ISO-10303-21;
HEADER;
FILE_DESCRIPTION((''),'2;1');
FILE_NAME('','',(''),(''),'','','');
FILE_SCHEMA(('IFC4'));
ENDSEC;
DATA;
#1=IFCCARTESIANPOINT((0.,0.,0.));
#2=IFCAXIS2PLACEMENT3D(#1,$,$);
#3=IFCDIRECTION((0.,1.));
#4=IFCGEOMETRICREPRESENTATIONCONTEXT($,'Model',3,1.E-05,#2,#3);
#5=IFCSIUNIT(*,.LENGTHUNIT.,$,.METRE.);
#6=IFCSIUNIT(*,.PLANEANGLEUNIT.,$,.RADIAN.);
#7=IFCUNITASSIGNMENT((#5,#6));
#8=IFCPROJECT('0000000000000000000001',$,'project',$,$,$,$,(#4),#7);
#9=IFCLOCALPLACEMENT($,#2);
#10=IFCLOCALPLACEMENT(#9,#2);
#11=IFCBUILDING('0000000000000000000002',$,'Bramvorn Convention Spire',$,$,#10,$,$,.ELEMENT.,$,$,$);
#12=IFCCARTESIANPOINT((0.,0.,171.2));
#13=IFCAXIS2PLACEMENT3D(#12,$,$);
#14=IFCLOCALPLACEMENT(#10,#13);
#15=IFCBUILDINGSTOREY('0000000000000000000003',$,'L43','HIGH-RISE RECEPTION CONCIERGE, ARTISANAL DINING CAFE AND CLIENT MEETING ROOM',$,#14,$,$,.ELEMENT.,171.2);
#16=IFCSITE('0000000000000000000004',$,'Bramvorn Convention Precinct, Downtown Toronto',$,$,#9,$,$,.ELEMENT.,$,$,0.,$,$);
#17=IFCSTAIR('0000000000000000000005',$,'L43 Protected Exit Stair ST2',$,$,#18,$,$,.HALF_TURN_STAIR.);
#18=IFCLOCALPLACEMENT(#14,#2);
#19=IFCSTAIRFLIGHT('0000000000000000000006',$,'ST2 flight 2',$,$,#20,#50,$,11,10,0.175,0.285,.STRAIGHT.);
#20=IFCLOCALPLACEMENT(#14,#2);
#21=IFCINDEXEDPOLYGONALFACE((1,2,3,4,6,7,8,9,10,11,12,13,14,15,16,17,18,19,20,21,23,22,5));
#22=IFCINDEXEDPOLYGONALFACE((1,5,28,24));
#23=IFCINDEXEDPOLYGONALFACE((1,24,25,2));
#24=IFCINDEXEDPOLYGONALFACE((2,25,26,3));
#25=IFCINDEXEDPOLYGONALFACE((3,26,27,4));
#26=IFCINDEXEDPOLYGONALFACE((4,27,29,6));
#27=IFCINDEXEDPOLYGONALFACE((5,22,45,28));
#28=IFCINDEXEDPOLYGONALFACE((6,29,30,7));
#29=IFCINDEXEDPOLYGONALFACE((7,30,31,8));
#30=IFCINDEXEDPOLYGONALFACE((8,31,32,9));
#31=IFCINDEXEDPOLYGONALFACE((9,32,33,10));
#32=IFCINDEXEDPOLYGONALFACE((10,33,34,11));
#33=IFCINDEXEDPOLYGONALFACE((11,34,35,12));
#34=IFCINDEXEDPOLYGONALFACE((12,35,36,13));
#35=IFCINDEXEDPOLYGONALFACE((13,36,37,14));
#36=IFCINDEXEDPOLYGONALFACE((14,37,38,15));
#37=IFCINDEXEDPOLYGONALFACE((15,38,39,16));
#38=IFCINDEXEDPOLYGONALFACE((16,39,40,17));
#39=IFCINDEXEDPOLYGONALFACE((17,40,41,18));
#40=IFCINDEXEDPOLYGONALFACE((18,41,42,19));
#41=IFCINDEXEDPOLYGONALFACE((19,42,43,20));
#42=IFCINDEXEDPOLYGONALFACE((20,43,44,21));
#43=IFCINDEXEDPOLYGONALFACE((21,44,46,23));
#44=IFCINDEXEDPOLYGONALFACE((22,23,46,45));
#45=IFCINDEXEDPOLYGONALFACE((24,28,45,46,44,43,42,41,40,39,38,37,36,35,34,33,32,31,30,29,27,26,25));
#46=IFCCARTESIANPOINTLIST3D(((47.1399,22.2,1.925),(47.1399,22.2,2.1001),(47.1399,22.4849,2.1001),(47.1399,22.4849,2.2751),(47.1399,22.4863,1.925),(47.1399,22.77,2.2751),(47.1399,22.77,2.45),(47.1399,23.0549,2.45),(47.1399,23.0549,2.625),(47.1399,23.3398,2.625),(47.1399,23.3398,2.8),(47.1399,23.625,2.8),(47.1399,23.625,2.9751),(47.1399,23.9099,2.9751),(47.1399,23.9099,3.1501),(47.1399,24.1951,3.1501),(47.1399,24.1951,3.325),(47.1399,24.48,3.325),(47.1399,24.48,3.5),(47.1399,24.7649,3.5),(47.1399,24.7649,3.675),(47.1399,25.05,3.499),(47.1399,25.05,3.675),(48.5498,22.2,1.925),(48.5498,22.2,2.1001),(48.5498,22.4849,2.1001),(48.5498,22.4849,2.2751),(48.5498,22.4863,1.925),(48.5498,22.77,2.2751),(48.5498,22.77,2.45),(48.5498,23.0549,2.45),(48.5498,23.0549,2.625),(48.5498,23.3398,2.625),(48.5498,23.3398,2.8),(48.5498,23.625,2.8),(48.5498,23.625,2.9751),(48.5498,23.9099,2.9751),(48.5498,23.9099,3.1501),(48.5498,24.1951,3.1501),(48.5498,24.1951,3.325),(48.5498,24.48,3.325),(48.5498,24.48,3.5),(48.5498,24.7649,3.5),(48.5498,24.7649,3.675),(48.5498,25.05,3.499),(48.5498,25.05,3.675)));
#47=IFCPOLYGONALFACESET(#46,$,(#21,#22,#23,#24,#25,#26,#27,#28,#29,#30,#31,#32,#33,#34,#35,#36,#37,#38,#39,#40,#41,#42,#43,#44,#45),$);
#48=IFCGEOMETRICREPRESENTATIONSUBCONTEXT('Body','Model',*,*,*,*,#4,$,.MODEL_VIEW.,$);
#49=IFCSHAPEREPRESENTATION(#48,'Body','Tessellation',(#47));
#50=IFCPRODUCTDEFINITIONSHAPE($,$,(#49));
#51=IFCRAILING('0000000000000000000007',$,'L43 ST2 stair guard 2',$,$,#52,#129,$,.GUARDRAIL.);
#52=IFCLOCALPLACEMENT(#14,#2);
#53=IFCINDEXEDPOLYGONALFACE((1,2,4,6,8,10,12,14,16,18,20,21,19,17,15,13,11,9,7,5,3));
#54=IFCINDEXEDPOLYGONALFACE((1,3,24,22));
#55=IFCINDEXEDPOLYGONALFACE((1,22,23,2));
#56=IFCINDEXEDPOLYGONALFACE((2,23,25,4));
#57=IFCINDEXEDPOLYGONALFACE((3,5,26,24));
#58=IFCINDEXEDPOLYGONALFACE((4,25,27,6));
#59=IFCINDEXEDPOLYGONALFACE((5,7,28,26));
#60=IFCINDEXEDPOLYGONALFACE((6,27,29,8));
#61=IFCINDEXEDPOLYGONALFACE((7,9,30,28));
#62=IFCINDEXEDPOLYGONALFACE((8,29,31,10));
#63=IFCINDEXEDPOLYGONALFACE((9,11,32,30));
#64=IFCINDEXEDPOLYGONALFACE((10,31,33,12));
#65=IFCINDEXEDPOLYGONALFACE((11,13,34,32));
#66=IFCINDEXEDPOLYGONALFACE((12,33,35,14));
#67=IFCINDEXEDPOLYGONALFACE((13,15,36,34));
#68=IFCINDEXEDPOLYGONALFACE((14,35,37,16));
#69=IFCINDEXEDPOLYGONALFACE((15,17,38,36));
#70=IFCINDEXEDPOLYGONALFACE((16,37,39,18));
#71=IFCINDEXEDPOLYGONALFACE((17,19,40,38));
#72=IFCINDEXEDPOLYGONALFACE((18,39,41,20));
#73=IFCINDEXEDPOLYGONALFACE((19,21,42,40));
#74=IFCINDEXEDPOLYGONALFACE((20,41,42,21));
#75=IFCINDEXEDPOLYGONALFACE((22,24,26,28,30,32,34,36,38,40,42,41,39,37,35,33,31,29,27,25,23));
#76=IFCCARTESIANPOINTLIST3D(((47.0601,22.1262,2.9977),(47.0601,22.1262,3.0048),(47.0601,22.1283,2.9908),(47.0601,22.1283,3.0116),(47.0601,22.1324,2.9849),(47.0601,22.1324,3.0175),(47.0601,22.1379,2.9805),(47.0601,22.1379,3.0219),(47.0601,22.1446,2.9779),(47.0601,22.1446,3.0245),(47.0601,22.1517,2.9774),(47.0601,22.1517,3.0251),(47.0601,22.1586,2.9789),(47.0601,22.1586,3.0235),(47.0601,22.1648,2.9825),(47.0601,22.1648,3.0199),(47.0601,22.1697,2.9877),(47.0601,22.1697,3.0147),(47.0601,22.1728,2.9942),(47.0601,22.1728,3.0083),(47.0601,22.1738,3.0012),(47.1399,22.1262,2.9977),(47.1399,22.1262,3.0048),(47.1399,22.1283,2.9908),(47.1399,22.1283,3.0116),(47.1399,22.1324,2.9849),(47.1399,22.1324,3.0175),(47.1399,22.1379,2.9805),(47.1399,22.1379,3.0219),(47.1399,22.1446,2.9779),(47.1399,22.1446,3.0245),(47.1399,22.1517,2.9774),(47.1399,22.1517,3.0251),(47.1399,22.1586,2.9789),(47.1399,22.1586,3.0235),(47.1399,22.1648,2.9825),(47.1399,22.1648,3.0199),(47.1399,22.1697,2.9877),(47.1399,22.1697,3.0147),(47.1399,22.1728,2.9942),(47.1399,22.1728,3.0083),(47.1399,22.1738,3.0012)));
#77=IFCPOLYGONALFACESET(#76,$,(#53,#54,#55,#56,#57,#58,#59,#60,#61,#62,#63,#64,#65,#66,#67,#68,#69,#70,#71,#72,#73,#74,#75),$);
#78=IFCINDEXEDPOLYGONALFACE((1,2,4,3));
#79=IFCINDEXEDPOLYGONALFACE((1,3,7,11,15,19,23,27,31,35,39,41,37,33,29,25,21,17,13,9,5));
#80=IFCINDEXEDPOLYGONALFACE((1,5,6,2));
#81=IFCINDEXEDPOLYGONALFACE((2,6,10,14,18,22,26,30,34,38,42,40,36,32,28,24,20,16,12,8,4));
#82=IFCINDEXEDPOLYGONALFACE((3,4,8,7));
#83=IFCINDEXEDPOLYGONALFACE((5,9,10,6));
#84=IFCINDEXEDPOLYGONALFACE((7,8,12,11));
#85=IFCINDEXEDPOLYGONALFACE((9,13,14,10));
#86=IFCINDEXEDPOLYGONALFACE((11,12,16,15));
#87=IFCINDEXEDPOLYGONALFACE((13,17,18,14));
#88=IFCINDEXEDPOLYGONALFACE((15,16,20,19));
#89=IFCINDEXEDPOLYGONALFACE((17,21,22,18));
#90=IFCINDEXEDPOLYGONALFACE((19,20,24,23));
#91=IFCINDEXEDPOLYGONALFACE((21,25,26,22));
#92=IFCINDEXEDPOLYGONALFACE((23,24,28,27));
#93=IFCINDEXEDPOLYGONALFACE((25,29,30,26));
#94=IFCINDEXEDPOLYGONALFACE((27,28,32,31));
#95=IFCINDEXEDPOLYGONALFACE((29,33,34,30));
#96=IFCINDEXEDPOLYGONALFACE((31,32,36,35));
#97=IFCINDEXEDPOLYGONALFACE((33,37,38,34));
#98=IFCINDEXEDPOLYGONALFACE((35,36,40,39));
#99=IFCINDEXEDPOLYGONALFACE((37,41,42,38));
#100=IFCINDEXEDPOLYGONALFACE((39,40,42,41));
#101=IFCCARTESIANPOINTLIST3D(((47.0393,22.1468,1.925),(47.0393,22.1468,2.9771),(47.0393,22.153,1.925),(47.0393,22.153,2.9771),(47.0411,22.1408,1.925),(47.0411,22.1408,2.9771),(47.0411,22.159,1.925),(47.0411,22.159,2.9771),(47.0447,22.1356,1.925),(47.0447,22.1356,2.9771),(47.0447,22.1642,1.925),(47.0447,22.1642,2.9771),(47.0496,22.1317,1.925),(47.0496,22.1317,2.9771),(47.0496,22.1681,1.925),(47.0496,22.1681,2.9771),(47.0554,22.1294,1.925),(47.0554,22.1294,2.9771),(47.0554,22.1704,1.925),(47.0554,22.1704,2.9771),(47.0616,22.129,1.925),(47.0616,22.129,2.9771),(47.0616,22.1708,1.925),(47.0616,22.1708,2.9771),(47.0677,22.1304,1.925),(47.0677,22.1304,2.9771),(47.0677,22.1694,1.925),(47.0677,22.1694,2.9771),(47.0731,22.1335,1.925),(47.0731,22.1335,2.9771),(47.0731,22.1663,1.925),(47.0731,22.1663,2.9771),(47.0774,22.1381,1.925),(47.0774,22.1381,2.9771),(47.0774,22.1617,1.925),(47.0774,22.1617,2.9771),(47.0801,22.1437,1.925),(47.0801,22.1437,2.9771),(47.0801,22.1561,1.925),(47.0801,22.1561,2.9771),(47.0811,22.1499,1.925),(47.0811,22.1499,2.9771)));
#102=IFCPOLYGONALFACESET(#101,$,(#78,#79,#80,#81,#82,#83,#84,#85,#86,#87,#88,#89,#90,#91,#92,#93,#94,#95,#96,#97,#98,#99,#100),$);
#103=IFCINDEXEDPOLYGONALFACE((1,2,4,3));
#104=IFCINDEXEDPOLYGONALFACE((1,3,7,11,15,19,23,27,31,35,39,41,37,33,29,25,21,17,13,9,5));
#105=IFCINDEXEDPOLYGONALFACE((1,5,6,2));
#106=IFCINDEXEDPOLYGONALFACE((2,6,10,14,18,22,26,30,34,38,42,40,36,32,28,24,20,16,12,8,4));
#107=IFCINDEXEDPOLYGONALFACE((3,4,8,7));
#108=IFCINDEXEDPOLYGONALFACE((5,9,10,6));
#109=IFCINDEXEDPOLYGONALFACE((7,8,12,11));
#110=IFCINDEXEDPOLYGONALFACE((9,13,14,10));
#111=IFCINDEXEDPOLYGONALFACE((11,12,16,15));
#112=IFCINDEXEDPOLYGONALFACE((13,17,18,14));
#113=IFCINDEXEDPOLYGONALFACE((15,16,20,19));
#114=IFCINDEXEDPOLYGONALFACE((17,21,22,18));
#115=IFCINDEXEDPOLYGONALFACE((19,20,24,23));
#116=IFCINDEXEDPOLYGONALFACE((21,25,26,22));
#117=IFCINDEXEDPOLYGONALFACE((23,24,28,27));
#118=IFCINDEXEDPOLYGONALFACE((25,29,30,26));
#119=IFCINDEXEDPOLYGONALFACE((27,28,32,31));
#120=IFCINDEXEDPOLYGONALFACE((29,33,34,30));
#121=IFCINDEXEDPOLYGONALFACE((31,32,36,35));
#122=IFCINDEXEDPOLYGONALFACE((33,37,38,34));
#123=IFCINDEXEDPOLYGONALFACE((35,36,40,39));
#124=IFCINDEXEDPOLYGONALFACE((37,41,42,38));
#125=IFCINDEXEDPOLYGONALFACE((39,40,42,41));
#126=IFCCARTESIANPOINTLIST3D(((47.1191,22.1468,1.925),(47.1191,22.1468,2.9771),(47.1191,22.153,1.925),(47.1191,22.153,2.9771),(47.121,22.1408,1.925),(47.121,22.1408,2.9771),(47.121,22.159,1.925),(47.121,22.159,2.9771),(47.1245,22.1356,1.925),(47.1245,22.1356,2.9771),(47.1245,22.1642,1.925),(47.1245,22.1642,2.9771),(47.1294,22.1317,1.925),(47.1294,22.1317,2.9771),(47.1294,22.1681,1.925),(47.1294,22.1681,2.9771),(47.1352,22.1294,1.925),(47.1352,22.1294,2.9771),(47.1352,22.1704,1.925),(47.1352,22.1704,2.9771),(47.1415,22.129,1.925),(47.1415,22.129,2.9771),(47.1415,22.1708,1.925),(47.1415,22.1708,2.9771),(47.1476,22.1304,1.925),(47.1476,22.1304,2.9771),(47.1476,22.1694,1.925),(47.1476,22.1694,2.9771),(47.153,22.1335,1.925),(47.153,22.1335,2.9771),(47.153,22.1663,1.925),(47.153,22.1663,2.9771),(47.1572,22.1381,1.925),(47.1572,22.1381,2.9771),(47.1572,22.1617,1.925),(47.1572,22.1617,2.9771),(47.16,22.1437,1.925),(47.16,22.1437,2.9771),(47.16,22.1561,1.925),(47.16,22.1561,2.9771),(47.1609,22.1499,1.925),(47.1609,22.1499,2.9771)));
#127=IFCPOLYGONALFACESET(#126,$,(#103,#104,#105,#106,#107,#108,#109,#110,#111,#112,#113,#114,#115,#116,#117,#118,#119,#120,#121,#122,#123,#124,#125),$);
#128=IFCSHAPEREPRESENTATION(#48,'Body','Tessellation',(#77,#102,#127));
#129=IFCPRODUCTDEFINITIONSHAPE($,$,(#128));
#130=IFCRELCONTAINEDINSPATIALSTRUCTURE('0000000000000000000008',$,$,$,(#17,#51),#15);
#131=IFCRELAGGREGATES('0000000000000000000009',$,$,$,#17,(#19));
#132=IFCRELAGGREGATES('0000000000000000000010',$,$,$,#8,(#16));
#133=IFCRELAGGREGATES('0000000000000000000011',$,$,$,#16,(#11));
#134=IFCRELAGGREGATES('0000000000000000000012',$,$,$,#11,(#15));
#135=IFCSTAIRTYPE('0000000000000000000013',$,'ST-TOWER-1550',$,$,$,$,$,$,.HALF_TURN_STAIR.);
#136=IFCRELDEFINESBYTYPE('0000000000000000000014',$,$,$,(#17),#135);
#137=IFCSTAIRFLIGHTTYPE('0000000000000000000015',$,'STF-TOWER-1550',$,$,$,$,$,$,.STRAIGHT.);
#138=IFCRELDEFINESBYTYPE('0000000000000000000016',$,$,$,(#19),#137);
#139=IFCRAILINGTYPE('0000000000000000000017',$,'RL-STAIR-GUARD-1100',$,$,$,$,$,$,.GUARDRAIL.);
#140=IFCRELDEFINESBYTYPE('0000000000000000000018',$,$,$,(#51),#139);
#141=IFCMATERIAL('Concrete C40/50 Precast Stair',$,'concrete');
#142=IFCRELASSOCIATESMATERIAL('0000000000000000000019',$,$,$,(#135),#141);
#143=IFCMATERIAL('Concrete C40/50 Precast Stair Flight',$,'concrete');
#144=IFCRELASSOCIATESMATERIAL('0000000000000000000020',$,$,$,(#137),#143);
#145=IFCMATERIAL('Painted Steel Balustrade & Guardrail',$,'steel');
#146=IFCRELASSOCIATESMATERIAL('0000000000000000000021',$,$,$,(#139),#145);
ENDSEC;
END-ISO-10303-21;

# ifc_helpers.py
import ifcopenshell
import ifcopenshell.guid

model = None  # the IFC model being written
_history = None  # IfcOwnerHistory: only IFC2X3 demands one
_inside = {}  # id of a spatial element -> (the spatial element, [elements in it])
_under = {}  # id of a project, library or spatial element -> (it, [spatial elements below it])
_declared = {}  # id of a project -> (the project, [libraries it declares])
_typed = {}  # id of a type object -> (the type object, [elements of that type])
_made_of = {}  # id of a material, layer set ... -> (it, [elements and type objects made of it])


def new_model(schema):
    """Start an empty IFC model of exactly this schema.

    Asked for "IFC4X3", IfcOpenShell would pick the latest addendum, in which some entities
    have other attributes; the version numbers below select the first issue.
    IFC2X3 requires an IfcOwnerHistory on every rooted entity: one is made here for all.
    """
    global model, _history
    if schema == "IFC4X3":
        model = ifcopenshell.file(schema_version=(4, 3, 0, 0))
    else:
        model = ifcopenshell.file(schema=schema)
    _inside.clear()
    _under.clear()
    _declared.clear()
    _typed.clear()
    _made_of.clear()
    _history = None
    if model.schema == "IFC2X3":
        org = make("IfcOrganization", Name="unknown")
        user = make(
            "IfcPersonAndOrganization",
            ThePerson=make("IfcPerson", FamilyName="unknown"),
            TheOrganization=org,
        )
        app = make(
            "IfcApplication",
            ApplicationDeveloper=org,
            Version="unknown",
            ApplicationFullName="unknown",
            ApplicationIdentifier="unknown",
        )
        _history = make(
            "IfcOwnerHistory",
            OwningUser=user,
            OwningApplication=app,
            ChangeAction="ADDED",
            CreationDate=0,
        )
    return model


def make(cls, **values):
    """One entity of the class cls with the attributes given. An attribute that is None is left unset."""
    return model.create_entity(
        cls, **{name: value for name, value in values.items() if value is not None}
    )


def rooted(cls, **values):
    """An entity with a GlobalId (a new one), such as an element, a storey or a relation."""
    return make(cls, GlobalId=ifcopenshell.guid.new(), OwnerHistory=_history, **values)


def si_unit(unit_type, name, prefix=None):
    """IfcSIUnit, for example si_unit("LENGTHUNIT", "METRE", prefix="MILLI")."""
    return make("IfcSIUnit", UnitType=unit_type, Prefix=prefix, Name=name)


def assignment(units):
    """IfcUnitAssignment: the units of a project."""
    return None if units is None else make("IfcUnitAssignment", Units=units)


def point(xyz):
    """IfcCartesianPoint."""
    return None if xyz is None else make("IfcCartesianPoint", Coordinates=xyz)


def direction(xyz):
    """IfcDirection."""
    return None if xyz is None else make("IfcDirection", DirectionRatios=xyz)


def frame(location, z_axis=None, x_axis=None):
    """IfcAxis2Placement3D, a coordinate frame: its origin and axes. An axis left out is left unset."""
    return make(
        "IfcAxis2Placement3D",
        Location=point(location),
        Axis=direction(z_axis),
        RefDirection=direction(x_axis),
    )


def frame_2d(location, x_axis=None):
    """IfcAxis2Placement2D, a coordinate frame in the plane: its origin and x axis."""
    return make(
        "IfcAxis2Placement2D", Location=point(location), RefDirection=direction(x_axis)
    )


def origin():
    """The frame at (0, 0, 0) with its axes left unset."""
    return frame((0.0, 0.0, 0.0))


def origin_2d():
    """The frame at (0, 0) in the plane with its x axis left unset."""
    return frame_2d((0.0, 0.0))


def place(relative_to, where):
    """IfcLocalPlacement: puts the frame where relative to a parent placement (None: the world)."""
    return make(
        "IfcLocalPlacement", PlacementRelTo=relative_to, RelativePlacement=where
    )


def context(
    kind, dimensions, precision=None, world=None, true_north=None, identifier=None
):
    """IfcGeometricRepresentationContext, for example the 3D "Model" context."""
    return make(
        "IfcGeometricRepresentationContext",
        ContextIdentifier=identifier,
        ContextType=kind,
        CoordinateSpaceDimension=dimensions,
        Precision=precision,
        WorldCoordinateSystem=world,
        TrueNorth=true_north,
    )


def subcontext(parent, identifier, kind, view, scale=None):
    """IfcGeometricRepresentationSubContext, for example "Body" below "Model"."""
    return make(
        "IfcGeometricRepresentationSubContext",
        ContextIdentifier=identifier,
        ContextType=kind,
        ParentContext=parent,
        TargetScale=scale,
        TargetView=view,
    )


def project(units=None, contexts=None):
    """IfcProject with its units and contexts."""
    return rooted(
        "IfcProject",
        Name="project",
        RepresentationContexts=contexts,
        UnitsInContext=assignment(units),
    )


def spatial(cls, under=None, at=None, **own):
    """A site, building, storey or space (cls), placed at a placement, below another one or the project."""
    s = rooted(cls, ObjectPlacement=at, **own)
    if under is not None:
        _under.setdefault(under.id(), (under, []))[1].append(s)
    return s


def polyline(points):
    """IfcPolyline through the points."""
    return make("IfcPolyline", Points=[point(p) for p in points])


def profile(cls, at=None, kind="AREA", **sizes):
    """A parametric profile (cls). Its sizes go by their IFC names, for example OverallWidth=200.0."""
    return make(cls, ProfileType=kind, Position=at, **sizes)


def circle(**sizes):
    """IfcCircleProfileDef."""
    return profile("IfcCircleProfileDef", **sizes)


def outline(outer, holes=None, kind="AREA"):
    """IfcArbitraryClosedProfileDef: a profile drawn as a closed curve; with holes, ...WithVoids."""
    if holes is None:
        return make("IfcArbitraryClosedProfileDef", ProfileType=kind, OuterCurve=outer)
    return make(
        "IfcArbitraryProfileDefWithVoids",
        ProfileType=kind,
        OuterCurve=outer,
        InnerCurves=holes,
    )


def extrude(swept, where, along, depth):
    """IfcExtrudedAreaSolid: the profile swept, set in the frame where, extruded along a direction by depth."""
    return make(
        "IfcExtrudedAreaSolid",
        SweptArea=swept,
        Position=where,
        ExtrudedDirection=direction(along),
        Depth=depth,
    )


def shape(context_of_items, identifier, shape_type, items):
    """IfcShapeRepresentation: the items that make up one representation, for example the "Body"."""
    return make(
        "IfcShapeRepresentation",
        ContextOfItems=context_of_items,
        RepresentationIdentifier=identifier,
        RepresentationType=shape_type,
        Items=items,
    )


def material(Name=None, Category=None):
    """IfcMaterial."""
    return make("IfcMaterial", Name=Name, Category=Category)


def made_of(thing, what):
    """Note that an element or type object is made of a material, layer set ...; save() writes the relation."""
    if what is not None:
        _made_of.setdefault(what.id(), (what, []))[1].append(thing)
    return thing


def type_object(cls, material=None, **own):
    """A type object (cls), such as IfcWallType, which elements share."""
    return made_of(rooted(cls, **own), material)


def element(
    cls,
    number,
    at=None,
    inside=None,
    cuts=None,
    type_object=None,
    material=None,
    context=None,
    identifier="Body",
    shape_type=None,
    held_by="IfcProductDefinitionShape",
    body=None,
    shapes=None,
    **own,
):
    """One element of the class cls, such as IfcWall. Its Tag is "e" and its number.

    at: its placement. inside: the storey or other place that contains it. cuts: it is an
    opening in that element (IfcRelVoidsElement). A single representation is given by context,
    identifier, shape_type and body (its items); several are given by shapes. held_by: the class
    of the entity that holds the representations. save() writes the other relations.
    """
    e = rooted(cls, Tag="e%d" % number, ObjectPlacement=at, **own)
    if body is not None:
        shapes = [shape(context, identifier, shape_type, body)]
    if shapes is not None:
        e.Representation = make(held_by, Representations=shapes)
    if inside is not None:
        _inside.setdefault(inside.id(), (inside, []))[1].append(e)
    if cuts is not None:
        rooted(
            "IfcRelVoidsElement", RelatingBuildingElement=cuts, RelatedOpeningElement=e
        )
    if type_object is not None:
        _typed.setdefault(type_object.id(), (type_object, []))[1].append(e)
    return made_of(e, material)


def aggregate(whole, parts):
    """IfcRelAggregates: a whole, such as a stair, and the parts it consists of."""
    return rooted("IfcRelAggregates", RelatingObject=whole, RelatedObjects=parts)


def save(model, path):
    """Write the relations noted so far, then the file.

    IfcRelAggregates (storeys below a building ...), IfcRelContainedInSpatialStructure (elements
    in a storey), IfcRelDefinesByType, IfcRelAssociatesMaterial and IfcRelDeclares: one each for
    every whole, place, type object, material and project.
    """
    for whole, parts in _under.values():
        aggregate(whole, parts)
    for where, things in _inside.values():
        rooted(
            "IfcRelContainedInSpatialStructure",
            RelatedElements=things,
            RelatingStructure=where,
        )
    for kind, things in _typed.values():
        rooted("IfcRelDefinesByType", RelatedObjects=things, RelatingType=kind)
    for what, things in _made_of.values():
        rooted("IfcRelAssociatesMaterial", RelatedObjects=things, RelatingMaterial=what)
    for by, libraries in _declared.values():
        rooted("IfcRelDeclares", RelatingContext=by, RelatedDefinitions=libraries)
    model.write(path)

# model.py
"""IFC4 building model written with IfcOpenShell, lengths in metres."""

from ifc_helpers import new_model, si_unit, direction, frame, origin, origin_2d, place, context, subcontext, project, spatial, polyline, circle, outline, extrude, material, type_object, element, aggregate, save


model = new_model("IFC4")

# Units and contexts
model_context = context("Model", 3, precision=1e-05, world=origin(), true_north=direction((0.0, 1.0)))
body_context = subcontext(model_context, "Body", "Model", "MODEL_VIEW")
ifc_project = project(units=[si_unit("LENGTHUNIT", "METRE"), si_unit("PLANEANGLEUNIT", "RADIAN")], contexts=[model_context])

# Site, building, storey
site_placement = place(None, origin())
site = spatial("IfcSite", under=ifc_project, at=site_placement, Name="Bramvorn Convention Precinct, Downtown Toronto", CompositionType="ELEMENT", RefElevation=0.0)
building_placement = place(site_placement, origin())
building = spatial("IfcBuilding", under=site, at=building_placement, Name="Bramvorn Convention Spire", CompositionType="ELEMENT")
storey_placement = place(building_placement, frame((0.0, 0.0, 171.2)))
storey = spatial("IfcBuildingStorey", under=building, at=storey_placement, Name="L43", Description="HIGH-RISE RECEPTION CONCIERGE, ARTISANAL DINING CAFE AND CLIENT MEETING ROOM", CompositionType="ELEMENT", Elevation=171.2)

# Stair, stair flight
ifc_material_1 = material(Name="Concrete C40/50 Precast Stair", Category="concrete")
stair_type = type_object("IfcStairType", Name="ST-TOWER-1550", PredefinedType="HALF_TURN_STAIR", material=ifc_material_1)
stair_placement = place(storey_placement, origin())
stair = element("IfcStair", 1, at=stair_placement, inside=storey, type_object=stair_type, Name="L43 Protected Exit Stair ST2", PredefinedType="HALF_TURN_STAIR")
ifc_material_2 = material(Name="Concrete C40/50 Precast Stair Flight", Category="concrete")
stair_flight_type = type_object("IfcStairFlightType", Name="STF-TOWER-1550", PredefinedType="STRAIGHT", material=ifc_material_2)
stair_flight_placement = place(storey_placement, frame((47.845, 22.2, 1.925), z_axis=(0.0, 0.0, 1.0), x_axis=(0.0, 1.0, 0.0)))
stair_flight = element("IfcStairFlight", 2, at=stair_flight_placement, type_object=stair_flight_type, Name="ST2 flight 2", NumberOfRisers=11, NumberOfTreads=10, PredefinedType="STRAIGHT", RiserHeight=0.175, TreadLength=0.285, context=body_context, shape_type="SweptSolid", body=[
    extrude(outline(polyline([(0.0, 0.0), (0.0, 0.175), (0.2849, 0.175), (0.2849, 0.3501), (0.5701, 0.3501), (0.5701, 0.5249), (0.855, 0.5249), (0.855, 0.7), (1.1399, 0.7), (1.1399, 0.875), (1.425, 0.875), (1.425, 1.05), (1.71, 1.05), (1.71, 1.2251), (1.9951, 1.2251), (1.9951, 1.3999), (2.28, 1.3999), (2.28, 1.575), (2.5649, 1.575), (2.5649, 1.75), (2.8501, 1.75), (2.8501, 1.925), (2.8501, 1.574), (0.2864, 0.0), (0.0, 0.0)])), frame((0.0, 0.7051, 0.0), z_axis=(0.0, -1.0, 0.0), x_axis=(1.0, 0.0, 0.0)), (0.0, 0.0, 1.0), 1.4099),
])
aggregate(stair, [stair_flight])

# Railing
ifc_material_3 = material(Name="Painted Steel Balustrade & Guardrail", Category="steel")
railing_type_1 = type_object("IfcRailingType", Name="RL-STAIR-GUARD-1100", PredefinedType="GUARDRAIL", material=ifc_material_3)
railing_1_placement = place(storey_placement, frame((47.0601, 22.1499, 1.925)))
element("IfcRailing", 3, at=railing_1_placement, inside=storey, type_object=railing_type_1, Name="L43 ST2 stair guard 2", PredefinedType="GUARDRAIL", context=body_context, shape_type="SweptSolid", body=[
    extrude(circle(Radius=0.0239, at=origin_2d()), frame((0.0, 0.0, 1.0762), z_axis=(1.0, 0.0, 0.0), x_axis=(0.0, 1.0, 0.0)), (0.0, 0.0, 1.0), 0.0798),
    extrude(circle(Radius=0.021, at=origin_2d()), origin(), (0.0, 0.0, 1.0), 1.052),
    extrude(circle(Radius=0.021, at=origin_2d()), frame((0.0798, 0.0, 0.0)), (0.0, 0.0, 1.0), 1.052),
])

save(model, "model.ifc")
